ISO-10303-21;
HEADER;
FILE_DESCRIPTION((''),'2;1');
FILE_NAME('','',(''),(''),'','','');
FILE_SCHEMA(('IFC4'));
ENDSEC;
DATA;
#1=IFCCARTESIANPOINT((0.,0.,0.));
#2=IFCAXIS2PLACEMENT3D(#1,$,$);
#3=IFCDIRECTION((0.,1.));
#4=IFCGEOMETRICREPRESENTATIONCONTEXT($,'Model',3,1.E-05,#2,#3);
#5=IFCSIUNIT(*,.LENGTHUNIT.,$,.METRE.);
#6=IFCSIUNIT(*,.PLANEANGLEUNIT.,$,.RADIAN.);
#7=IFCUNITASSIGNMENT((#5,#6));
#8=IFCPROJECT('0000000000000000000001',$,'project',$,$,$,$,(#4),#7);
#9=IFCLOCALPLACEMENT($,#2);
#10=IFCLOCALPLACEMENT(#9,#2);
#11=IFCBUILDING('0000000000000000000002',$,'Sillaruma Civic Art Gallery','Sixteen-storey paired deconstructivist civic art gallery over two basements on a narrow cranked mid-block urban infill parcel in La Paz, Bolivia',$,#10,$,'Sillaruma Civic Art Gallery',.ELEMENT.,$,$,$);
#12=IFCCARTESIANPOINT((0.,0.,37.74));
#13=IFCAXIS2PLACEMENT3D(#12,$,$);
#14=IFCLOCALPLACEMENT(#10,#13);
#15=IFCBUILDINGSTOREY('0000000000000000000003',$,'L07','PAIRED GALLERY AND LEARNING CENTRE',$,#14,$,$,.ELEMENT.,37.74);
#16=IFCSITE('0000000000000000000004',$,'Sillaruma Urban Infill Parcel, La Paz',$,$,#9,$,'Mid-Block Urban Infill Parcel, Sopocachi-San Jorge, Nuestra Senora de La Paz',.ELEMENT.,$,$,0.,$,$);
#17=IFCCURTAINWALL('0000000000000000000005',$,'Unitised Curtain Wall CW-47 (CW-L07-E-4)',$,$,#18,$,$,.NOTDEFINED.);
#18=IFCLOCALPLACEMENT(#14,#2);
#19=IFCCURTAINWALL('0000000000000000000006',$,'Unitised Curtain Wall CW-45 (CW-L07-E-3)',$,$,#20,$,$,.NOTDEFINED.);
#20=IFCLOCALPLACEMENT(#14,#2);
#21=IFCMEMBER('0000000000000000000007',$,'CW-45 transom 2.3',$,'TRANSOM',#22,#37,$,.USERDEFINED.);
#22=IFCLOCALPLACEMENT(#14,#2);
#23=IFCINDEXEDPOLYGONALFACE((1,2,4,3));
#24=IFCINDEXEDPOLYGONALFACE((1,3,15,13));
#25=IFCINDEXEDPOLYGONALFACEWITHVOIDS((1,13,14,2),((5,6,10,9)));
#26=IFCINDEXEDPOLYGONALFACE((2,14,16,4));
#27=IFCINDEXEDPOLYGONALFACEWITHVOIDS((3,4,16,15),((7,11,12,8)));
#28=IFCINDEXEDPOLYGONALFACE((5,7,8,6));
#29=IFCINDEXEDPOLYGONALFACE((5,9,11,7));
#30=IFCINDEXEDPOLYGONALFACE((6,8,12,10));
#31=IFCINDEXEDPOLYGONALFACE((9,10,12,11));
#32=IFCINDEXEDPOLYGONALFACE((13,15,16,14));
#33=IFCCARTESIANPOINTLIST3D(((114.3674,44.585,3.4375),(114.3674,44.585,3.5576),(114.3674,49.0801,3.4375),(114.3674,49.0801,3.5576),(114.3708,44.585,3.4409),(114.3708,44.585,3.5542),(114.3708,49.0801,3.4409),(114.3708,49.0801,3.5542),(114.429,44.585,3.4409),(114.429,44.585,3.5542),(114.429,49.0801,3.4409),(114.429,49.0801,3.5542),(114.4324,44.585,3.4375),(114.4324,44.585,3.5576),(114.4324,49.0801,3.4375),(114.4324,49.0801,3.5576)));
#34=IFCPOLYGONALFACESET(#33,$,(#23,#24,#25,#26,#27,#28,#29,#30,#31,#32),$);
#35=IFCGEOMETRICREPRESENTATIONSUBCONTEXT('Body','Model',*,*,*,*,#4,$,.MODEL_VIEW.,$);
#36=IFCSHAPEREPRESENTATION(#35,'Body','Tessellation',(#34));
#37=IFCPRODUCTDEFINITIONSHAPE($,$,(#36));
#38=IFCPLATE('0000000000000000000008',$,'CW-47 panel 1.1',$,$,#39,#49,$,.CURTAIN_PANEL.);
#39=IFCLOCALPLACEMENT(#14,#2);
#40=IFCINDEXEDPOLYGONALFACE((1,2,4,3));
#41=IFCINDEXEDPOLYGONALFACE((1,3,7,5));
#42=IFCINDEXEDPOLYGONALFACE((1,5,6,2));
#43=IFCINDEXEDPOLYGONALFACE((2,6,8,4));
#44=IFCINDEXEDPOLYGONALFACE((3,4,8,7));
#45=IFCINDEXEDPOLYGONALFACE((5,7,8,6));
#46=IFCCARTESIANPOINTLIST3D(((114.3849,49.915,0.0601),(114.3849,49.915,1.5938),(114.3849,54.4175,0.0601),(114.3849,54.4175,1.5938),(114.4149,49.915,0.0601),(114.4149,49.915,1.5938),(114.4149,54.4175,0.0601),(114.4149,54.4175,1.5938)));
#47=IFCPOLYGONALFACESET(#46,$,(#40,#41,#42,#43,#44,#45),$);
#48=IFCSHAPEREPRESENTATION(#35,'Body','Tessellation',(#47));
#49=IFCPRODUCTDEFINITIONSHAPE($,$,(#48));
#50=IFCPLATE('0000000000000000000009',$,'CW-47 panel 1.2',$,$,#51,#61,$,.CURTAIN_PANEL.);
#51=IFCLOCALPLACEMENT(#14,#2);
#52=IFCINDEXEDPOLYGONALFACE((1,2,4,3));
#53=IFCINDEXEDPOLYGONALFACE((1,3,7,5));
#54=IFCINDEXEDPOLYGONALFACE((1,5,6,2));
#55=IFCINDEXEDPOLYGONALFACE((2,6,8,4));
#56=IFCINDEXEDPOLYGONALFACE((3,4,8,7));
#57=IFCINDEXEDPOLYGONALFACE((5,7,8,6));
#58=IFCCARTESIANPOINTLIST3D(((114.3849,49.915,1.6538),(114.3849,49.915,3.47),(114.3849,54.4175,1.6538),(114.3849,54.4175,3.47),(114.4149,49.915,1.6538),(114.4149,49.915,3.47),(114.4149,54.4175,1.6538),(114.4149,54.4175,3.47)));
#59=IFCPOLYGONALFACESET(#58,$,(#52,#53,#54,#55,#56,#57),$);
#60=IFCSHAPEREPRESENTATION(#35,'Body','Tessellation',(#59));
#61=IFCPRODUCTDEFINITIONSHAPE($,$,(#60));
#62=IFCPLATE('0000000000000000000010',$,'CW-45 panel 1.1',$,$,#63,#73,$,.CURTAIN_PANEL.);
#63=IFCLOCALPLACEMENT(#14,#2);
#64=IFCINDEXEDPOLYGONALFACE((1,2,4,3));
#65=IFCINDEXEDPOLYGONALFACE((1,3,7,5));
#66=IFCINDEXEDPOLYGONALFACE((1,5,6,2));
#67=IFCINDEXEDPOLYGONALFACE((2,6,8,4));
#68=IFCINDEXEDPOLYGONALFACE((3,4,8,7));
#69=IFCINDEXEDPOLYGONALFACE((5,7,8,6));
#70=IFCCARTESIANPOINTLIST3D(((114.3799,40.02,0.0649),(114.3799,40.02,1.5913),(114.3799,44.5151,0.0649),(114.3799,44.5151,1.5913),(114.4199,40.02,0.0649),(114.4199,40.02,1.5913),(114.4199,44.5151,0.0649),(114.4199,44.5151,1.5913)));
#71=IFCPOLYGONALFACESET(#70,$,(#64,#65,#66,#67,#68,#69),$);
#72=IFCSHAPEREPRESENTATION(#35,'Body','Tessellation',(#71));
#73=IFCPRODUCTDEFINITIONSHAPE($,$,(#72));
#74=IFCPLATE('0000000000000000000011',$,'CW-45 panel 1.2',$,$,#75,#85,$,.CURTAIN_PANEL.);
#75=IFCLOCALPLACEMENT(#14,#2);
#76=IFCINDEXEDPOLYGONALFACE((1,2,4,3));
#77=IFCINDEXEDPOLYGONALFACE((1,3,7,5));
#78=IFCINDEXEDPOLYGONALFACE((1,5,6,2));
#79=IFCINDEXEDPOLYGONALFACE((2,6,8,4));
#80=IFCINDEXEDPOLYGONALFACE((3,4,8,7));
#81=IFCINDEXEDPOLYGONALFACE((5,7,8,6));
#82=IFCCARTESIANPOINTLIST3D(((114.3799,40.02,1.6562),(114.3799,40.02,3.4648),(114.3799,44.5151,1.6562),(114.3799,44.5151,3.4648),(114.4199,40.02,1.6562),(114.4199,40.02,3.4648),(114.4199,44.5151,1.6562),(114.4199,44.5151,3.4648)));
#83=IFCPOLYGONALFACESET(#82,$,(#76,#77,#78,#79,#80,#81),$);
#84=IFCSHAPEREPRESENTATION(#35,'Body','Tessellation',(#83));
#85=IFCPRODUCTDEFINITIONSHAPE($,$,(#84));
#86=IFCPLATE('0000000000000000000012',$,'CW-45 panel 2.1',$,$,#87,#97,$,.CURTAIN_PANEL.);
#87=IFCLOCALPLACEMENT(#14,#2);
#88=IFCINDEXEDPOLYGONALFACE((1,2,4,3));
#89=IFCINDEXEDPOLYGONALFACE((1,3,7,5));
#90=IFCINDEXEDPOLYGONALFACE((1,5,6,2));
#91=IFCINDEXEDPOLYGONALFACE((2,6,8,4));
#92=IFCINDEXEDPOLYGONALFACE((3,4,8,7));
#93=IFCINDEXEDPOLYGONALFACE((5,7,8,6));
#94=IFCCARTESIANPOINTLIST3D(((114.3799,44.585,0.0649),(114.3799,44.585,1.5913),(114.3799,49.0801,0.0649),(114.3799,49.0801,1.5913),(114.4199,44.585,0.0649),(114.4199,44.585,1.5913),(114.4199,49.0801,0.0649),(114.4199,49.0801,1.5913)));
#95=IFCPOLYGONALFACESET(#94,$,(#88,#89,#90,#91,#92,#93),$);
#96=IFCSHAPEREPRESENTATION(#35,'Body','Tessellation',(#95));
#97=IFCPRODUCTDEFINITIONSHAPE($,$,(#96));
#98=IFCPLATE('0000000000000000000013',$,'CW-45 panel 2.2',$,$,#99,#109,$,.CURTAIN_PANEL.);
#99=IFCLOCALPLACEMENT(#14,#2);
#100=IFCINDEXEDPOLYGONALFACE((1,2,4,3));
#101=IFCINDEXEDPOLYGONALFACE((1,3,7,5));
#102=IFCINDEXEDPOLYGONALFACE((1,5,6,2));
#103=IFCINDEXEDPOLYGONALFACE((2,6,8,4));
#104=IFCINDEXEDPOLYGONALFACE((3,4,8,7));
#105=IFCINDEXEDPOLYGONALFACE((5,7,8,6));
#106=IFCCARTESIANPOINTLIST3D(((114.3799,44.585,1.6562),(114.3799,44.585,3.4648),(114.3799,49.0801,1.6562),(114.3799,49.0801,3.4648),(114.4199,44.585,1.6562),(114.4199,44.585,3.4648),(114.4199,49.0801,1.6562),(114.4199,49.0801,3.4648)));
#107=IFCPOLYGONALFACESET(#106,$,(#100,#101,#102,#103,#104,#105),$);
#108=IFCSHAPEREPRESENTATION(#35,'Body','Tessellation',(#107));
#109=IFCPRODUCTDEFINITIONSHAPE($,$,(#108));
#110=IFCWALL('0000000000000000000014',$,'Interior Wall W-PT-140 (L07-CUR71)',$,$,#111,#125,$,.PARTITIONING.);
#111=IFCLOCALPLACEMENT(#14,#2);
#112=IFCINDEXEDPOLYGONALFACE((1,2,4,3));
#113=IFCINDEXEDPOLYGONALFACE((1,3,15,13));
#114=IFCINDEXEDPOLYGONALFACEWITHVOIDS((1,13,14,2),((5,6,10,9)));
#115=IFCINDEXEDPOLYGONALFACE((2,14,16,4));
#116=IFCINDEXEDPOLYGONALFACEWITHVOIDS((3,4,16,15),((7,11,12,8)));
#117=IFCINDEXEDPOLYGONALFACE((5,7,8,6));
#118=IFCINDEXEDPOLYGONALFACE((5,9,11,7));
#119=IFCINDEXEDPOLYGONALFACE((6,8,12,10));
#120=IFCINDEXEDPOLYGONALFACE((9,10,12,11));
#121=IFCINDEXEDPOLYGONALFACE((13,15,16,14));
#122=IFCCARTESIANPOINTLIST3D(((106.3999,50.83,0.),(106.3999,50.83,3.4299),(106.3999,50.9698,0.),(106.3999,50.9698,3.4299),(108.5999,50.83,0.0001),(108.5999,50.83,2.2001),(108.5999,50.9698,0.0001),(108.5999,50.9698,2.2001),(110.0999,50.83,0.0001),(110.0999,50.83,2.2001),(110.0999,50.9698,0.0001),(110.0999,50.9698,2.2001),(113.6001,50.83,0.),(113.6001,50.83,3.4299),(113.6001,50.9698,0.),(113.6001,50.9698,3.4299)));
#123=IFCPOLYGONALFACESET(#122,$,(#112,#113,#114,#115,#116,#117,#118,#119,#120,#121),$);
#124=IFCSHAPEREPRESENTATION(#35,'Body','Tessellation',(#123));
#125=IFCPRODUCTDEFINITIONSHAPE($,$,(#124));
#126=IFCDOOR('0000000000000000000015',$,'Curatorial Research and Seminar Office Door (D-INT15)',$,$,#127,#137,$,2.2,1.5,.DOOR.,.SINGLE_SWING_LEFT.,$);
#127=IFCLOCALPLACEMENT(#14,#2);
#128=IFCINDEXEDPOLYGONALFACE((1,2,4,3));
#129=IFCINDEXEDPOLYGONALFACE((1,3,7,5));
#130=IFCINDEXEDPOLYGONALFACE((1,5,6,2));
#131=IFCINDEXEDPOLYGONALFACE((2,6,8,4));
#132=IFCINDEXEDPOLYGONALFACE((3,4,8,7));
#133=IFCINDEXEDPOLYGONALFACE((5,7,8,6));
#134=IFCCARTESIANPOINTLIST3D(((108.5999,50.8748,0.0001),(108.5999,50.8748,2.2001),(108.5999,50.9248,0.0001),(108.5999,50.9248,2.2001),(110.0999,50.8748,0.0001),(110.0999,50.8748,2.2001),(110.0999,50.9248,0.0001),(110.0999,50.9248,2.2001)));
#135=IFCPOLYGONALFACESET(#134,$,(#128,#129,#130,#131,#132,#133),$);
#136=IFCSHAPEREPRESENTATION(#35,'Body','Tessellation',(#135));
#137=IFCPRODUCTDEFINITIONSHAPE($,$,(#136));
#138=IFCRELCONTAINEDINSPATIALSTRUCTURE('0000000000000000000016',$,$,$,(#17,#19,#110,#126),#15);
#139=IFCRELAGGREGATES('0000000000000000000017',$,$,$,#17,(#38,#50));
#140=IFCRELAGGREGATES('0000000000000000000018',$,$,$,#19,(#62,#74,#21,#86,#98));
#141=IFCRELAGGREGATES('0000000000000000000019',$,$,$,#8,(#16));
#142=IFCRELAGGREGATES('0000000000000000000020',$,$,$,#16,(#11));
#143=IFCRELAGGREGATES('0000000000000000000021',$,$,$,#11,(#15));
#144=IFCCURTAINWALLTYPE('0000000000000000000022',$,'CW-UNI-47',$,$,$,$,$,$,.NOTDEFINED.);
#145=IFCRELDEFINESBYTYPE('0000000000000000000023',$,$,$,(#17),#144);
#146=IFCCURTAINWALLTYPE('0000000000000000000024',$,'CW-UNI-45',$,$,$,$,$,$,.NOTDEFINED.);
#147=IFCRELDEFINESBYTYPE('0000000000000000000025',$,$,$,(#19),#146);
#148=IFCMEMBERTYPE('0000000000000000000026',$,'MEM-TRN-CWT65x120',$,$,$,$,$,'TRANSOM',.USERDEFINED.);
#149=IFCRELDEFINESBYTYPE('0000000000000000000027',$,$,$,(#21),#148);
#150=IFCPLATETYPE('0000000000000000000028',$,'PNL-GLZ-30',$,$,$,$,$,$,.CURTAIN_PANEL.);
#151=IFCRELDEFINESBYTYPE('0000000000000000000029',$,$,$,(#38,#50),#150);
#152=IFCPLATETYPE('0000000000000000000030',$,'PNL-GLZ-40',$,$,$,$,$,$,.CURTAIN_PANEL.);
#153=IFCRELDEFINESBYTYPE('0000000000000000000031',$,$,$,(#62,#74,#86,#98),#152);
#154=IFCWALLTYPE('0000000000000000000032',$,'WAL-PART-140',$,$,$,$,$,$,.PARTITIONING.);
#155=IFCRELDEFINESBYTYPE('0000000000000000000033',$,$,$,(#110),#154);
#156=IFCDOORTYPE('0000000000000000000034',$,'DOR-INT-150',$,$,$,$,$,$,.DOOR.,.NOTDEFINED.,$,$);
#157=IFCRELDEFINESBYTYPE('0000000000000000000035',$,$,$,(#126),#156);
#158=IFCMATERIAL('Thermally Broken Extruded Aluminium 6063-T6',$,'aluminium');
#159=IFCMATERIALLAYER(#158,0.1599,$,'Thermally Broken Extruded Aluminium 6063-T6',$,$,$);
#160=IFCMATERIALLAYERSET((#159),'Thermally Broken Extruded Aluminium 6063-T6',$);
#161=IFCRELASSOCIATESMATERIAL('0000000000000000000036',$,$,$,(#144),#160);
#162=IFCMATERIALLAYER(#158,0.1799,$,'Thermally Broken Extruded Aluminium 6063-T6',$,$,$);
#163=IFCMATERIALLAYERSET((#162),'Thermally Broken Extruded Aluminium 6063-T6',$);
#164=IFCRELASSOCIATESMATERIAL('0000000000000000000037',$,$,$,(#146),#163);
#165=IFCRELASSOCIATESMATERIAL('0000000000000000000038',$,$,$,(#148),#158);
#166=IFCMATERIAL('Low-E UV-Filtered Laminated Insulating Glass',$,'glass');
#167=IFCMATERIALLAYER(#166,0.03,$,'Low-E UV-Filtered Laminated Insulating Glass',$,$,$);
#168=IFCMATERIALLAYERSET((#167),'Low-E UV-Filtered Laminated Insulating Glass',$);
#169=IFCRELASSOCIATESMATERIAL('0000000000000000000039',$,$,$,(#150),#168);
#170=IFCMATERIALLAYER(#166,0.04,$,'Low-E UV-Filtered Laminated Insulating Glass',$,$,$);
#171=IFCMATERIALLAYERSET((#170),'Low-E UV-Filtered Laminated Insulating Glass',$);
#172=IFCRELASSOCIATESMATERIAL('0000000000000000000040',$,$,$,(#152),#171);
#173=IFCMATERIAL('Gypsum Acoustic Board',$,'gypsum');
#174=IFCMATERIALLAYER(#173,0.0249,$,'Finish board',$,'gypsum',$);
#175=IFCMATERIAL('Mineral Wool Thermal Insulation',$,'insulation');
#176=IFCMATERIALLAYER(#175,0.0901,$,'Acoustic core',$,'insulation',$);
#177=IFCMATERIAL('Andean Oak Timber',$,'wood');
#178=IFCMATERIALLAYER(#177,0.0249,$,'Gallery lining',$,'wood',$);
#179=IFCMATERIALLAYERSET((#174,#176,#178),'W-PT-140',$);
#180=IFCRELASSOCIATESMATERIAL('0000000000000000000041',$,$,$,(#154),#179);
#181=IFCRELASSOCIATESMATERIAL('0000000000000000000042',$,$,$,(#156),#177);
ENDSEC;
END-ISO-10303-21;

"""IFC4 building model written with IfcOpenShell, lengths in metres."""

from ifc_helpers import new_model, si_unit, direction, frame, frame_2d, origin, origin_2d, place, context, subcontext, project, spatial, rectangle, hollow_rectangle, extrude, material, layer, layer_set, material_profile, profile_set, type_object, element, fill, aggregate, save


model = new_model("IFC4")

# Units and contexts
model_context = context("Model", 3, precision=1e-05, world=origin(), true_north=direction((0.0, 1.0)))
body_context = subcontext(model_context, "Body", "Model", "MODEL_VIEW")
ifc_project = project(units=[si_unit("LENGTHUNIT", "METRE"), si_unit("PLANEANGLEUNIT", "RADIAN")], contexts=[model_context])

# Site, building, storey
site_placement = place(None, origin())
site = spatial("IfcSite", under=ifc_project, at=site_placement, Name="Sillaruma Urban Infill Parcel, La Paz", LongName="Mid-Block Urban Infill Parcel, Sopocachi-San Jorge, Nuestra Senora de La Paz", CompositionType="ELEMENT", RefElevation=0.0)
building_placement = place(site_placement, origin())
building = spatial("IfcBuilding", under=site, at=building_placement, Name="Sillaruma Civic Art Gallery", Description="Sixteen-storey paired deconstructivist civic art gallery over two basements on a narrow cranked mid-block urban infill parcel in La Paz, Bolivia", LongName="Sillaruma Civic Art Gallery", CompositionType="ELEMENT")
storey_placement = place(building_placement, frame((0.0, 0.0, 37.74)))
storey = spatial("IfcBuildingStorey", under=building, at=storey_placement, Name="L07", Description="PAIRED GALLERY AND LEARNING CENTRE", CompositionType="ELEMENT", Elevation=37.74)

# Curtain wall
ifc_material_1 = material(Name="Thermally Broken Extruded Aluminium 6063-T6", Category="aluminium")
ifc_layer_1 = layer(ifc_material_1, 0.1599, Name="Thermally Broken Extruded Aluminium 6063-T6")
ifc_layer_set_1 = layer_set([ifc_layer_1], Name="Thermally Broken Extruded Aluminium 6063-T6")
curtain_wall_type_1 = type_object("IfcCurtainWallType", Name="CW-UNI-47", PredefinedType="NOTDEFINED", material=ifc_layer_set_1)
curtain_wall_1_placement = place(storey_placement, origin())
curtain_wall_1 = element("IfcCurtainWall", 1, at=curtain_wall_1_placement, inside=storey, type_object=curtain_wall_type_1, Name="Unitised Curtain Wall CW-47 (CW-L07-E-4)", PredefinedType="NOTDEFINED")

# Curtain wall
ifc_layer_2 = layer(ifc_material_1, 0.1799, Name="Thermally Broken Extruded Aluminium 6063-T6")
ifc_layer_set_2 = layer_set([ifc_layer_2], Name="Thermally Broken Extruded Aluminium 6063-T6")
curtain_wall_type_2 = type_object("IfcCurtainWallType", Name="CW-UNI-45", PredefinedType="NOTDEFINED", material=ifc_layer_set_2)
curtain_wall_2_placement = place(storey_placement, origin())
curtain_wall_2 = element("IfcCurtainWall", 2, at=curtain_wall_2_placement, inside=storey, type_object=curtain_wall_type_2, Name="Unitised Curtain Wall CW-45 (CW-L07-E-3)", PredefinedType="NOTDEFINED")

# Member
ifc_material_profile_1 = material_profile(ifc_material_1, hollow_rectangle(XDim=0.0649, YDim=0.1201, WallThickness=0.0034, at=origin_2d()), Name="CWT65x120")
ifc_profile_set_1 = profile_set([ifc_material_profile_1], Name="Thermally Broken Extruded Aluminium 6063-T6")
member_type_1 = type_object("IfcMemberType", Name="MEM-TRN-CWT65x120", ElementType="TRANSOM", PredefinedType="USERDEFINED", material=ifc_profile_set_1)
member_1_placement = place(storey_placement, frame((114.3999, 44.585, 3.4976), z_axis=(0.0, 1.0, 0.0), x_axis=(-1.0, 0.0, 0.0)))
member_1 = element("IfcMember", 3, at=member_1_placement, type_object=member_type_1, Name="CW-45 transom 2.3", ObjectType="TRANSOM", PredefinedType="USERDEFINED", context=body_context, shape_type="SweptSolid", body=[
    extrude(hollow_rectangle(XDim=0.0649, YDim=0.1201, WallThickness=0.0034, at=origin_2d()), origin(), (0.0, 0.0, 1.0), 4.4951),
])

# Plates
ifc_material_2 = material(Name="Low-E UV-Filtered Laminated Insulating Glass", Category="glass")
ifc_layer_3 = layer(ifc_material_2, 0.03, Name="Low-E UV-Filtered Laminated Insulating Glass")
ifc_layer_set_3 = layer_set([ifc_layer_3], Name="Low-E UV-Filtered Laminated Insulating Glass")
plate_type_1 = type_object("IfcPlateType", Name="PNL-GLZ-30", PredefinedType="CURTAIN_PANEL", material=ifc_layer_set_3)
plate_1_placement = place(storey_placement, frame((114.3999, 52.1663, 0.0601), z_axis=(0.0, 0.0, 1.0), x_axis=(0.0, 1.0, 0.0)))
plate_1 = element("IfcPlate", 4, at=plate_1_placement, type_object=plate_type_1, Name="CW-47 panel 1.1", PredefinedType="CURTAIN_PANEL", context=body_context, shape_type="SweptSolid", body=[
    extrude(rectangle(XDim=4.5024, YDim=0.03, at=origin_2d()), origin(), (0.0, 0.0, 1.0), 1.5337),
])
plate_2_placement = place(storey_placement, frame((114.3999, 52.1663, 1.6538), z_axis=(0.0, 0.0, 1.0), x_axis=(0.0, 1.0, 0.0)))
plate_2 = element("IfcPlate", 5, at=plate_2_placement, type_object=plate_type_1, Name="CW-47 panel 1.2", PredefinedType="CURTAIN_PANEL", context=body_context, shape_type="SweptSolid", body=[
    extrude(rectangle(XDim=4.5024, YDim=0.03, at=origin_2d()), origin(), (0.0, 0.0, 1.0), 1.8162),
])
aggregate(curtain_wall_1, [plate_1, plate_2])
ifc_layer_4 = layer(ifc_material_2, 0.04, Name="Low-E UV-Filtered Laminated Insulating Glass")
ifc_layer_set_4 = layer_set([ifc_layer_4], Name="Low-E UV-Filtered Laminated Insulating Glass")
plate_type_2 = type_object("IfcPlateType", Name="PNL-GLZ-40", PredefinedType="CURTAIN_PANEL", material=ifc_layer_set_4)
plate_3_placement = place(storey_placement, frame((114.3999, 42.2676, 0.0649), z_axis=(0.0, 0.0, 1.0), x_axis=(0.0, 1.0, 0.0)))
plate_3 = element("IfcPlate", 6, at=plate_3_placement, type_object=plate_type_2, Name="CW-45 panel 1.1", PredefinedType="CURTAIN_PANEL", context=body_context, shape_type="SweptSolid", body=[
    extrude(rectangle(XDim=4.4951, YDim=0.04, at=origin_2d()), origin(), (0.0, 0.0, 1.0), 1.5264),
])
plate_4_placement = place(storey_placement, frame((114.3999, 42.2676, 1.6562), z_axis=(0.0, 0.0, 1.0), x_axis=(0.0, 1.0, 0.0)))
plate_4 = element("IfcPlate", 7, at=plate_4_placement, type_object=plate_type_2, Name="CW-45 panel 1.2", PredefinedType="CURTAIN_PANEL", context=body_context, shape_type="SweptSolid", body=[
    extrude(rectangle(XDim=4.4951, YDim=0.04, at=origin_2d()), origin(), (0.0, 0.0, 1.0), 1.8086),
])
plate_5_placement = place(storey_placement, frame((114.3999, 46.8325, 0.0649), z_axis=(0.0, 0.0, 1.0), x_axis=(0.0, 1.0, 0.0)))
plate_5 = element("IfcPlate", 8, at=plate_5_placement, type_object=plate_type_2, Name="CW-45 panel 2.1", PredefinedType="CURTAIN_PANEL", context=body_context, shape_type="SweptSolid", body=[
    extrude(rectangle(XDim=4.4951, YDim=0.04, at=origin_2d()), origin(), (0.0, 0.0, 1.0), 1.5264),
])
plate_6_placement = place(storey_placement, frame((114.3999, 46.8325, 1.6562), z_axis=(0.0, 0.0, 1.0), x_axis=(0.0, 1.0, 0.0)))
plate_6 = element("IfcPlate", 9, at=plate_6_placement, type_object=plate_type_2, Name="CW-45 panel 2.2", PredefinedType="CURTAIN_PANEL", context=body_context, shape_type="SweptSolid", body=[
    extrude(rectangle(XDim=4.4951, YDim=0.04, at=origin_2d()), origin(), (0.0, 0.0, 1.0), 1.8086),
])
aggregate(curtain_wall_2, [plate_3, plate_4, member_1, plate_5, plate_6])

# Wall, opening, door
ifc_material_3 = material(Name="Gypsum Acoustic Board", Category="gypsum")
ifc_layer_5 = layer(ifc_material_3, 0.0249, Name="Finish board", Category="gypsum")
ifc_material_4 = material(Name="Mineral Wool Thermal Insulation", Category="insulation")
ifc_layer_6 = layer(ifc_material_4, 0.0901, Name="Acoustic core", Category="insulation")
ifc_material_5 = material(Name="Andean Oak Timber", Category="wood")
ifc_layer_7 = layer(ifc_material_5, 0.0249, Name="Gallery lining", Category="wood")
ifc_layer_set_5 = layer_set([ifc_layer_5, ifc_layer_6, ifc_layer_7], Name="W-PT-140")
wall_type = type_object("IfcWallType", Name="WAL-PART-140", PredefinedType="PARTITIONING", material=ifc_layer_set_5)
wall_placement = place(storey_placement, frame((106.3999, 50.8999, 0.0), z_axis=(0.0, 0.0, 1.0), x_axis=(1.0, 0.0, 0.0)))
wall = element("IfcWall", 10, at=wall_placement, inside=storey, type_object=wall_type, Name="Interior Wall W-PT-140 (L07-CUR71)", PredefinedType="PARTITIONING", context=body_context, shape_type="SweptSolid", body=[
    extrude(rectangle(XDim=7.2002, YDim=0.1399, at=frame_2d((3.6001, 0.0))), origin(), (0.0, 0.0, 1.0), 3.4299),
])
opening_placement = place(wall_placement, frame((2.2, 0.0, 0.0)))
opening = element("IfcOpeningElement", 11, at=opening_placement, cuts=wall, PredefinedType="OPENING", context=body_context, shape_type="SweptSolid", body=[
    extrude(rectangle(XDim=1.5, YDim=2.2, at=frame_2d((0.75, 1.1001))), frame((0.0, 0.0798, 0.0), z_axis=(0.0, -1.0, 0.0), x_axis=(1.0, 0.0, 0.0)), (0.0, 0.0, 1.0), 0.1599),
])
door_type = type_object("IfcDoorType", Name="DOR-INT-150", OperationType="NOTDEFINED", PredefinedType="DOOR", material=ifc_material_5)
door_placement = place(opening_placement, origin())
door = element("IfcDoor", 12, at=door_placement, inside=storey, type_object=door_type, Name="Curatorial Research and Seminar Office Door (D-INT15)", OperationType="SINGLE_SWING_LEFT", OverallHeight=2.2, OverallWidth=1.5, PredefinedType="DOOR", context=body_context, shape_type="SweptSolid", body=[
    extrude(rectangle(XDim=1.5, YDim=2.2, at=frame_2d((0.75, 1.1001))), frame((0.0, 0.0249, 0.0), z_axis=(0.0, -1.0, 0.0), x_axis=(1.0, 0.0, 0.0)), (0.0, 0.0, 1.0), 0.05),
])
fill(opening, door)

save(model, "model.ifc")
